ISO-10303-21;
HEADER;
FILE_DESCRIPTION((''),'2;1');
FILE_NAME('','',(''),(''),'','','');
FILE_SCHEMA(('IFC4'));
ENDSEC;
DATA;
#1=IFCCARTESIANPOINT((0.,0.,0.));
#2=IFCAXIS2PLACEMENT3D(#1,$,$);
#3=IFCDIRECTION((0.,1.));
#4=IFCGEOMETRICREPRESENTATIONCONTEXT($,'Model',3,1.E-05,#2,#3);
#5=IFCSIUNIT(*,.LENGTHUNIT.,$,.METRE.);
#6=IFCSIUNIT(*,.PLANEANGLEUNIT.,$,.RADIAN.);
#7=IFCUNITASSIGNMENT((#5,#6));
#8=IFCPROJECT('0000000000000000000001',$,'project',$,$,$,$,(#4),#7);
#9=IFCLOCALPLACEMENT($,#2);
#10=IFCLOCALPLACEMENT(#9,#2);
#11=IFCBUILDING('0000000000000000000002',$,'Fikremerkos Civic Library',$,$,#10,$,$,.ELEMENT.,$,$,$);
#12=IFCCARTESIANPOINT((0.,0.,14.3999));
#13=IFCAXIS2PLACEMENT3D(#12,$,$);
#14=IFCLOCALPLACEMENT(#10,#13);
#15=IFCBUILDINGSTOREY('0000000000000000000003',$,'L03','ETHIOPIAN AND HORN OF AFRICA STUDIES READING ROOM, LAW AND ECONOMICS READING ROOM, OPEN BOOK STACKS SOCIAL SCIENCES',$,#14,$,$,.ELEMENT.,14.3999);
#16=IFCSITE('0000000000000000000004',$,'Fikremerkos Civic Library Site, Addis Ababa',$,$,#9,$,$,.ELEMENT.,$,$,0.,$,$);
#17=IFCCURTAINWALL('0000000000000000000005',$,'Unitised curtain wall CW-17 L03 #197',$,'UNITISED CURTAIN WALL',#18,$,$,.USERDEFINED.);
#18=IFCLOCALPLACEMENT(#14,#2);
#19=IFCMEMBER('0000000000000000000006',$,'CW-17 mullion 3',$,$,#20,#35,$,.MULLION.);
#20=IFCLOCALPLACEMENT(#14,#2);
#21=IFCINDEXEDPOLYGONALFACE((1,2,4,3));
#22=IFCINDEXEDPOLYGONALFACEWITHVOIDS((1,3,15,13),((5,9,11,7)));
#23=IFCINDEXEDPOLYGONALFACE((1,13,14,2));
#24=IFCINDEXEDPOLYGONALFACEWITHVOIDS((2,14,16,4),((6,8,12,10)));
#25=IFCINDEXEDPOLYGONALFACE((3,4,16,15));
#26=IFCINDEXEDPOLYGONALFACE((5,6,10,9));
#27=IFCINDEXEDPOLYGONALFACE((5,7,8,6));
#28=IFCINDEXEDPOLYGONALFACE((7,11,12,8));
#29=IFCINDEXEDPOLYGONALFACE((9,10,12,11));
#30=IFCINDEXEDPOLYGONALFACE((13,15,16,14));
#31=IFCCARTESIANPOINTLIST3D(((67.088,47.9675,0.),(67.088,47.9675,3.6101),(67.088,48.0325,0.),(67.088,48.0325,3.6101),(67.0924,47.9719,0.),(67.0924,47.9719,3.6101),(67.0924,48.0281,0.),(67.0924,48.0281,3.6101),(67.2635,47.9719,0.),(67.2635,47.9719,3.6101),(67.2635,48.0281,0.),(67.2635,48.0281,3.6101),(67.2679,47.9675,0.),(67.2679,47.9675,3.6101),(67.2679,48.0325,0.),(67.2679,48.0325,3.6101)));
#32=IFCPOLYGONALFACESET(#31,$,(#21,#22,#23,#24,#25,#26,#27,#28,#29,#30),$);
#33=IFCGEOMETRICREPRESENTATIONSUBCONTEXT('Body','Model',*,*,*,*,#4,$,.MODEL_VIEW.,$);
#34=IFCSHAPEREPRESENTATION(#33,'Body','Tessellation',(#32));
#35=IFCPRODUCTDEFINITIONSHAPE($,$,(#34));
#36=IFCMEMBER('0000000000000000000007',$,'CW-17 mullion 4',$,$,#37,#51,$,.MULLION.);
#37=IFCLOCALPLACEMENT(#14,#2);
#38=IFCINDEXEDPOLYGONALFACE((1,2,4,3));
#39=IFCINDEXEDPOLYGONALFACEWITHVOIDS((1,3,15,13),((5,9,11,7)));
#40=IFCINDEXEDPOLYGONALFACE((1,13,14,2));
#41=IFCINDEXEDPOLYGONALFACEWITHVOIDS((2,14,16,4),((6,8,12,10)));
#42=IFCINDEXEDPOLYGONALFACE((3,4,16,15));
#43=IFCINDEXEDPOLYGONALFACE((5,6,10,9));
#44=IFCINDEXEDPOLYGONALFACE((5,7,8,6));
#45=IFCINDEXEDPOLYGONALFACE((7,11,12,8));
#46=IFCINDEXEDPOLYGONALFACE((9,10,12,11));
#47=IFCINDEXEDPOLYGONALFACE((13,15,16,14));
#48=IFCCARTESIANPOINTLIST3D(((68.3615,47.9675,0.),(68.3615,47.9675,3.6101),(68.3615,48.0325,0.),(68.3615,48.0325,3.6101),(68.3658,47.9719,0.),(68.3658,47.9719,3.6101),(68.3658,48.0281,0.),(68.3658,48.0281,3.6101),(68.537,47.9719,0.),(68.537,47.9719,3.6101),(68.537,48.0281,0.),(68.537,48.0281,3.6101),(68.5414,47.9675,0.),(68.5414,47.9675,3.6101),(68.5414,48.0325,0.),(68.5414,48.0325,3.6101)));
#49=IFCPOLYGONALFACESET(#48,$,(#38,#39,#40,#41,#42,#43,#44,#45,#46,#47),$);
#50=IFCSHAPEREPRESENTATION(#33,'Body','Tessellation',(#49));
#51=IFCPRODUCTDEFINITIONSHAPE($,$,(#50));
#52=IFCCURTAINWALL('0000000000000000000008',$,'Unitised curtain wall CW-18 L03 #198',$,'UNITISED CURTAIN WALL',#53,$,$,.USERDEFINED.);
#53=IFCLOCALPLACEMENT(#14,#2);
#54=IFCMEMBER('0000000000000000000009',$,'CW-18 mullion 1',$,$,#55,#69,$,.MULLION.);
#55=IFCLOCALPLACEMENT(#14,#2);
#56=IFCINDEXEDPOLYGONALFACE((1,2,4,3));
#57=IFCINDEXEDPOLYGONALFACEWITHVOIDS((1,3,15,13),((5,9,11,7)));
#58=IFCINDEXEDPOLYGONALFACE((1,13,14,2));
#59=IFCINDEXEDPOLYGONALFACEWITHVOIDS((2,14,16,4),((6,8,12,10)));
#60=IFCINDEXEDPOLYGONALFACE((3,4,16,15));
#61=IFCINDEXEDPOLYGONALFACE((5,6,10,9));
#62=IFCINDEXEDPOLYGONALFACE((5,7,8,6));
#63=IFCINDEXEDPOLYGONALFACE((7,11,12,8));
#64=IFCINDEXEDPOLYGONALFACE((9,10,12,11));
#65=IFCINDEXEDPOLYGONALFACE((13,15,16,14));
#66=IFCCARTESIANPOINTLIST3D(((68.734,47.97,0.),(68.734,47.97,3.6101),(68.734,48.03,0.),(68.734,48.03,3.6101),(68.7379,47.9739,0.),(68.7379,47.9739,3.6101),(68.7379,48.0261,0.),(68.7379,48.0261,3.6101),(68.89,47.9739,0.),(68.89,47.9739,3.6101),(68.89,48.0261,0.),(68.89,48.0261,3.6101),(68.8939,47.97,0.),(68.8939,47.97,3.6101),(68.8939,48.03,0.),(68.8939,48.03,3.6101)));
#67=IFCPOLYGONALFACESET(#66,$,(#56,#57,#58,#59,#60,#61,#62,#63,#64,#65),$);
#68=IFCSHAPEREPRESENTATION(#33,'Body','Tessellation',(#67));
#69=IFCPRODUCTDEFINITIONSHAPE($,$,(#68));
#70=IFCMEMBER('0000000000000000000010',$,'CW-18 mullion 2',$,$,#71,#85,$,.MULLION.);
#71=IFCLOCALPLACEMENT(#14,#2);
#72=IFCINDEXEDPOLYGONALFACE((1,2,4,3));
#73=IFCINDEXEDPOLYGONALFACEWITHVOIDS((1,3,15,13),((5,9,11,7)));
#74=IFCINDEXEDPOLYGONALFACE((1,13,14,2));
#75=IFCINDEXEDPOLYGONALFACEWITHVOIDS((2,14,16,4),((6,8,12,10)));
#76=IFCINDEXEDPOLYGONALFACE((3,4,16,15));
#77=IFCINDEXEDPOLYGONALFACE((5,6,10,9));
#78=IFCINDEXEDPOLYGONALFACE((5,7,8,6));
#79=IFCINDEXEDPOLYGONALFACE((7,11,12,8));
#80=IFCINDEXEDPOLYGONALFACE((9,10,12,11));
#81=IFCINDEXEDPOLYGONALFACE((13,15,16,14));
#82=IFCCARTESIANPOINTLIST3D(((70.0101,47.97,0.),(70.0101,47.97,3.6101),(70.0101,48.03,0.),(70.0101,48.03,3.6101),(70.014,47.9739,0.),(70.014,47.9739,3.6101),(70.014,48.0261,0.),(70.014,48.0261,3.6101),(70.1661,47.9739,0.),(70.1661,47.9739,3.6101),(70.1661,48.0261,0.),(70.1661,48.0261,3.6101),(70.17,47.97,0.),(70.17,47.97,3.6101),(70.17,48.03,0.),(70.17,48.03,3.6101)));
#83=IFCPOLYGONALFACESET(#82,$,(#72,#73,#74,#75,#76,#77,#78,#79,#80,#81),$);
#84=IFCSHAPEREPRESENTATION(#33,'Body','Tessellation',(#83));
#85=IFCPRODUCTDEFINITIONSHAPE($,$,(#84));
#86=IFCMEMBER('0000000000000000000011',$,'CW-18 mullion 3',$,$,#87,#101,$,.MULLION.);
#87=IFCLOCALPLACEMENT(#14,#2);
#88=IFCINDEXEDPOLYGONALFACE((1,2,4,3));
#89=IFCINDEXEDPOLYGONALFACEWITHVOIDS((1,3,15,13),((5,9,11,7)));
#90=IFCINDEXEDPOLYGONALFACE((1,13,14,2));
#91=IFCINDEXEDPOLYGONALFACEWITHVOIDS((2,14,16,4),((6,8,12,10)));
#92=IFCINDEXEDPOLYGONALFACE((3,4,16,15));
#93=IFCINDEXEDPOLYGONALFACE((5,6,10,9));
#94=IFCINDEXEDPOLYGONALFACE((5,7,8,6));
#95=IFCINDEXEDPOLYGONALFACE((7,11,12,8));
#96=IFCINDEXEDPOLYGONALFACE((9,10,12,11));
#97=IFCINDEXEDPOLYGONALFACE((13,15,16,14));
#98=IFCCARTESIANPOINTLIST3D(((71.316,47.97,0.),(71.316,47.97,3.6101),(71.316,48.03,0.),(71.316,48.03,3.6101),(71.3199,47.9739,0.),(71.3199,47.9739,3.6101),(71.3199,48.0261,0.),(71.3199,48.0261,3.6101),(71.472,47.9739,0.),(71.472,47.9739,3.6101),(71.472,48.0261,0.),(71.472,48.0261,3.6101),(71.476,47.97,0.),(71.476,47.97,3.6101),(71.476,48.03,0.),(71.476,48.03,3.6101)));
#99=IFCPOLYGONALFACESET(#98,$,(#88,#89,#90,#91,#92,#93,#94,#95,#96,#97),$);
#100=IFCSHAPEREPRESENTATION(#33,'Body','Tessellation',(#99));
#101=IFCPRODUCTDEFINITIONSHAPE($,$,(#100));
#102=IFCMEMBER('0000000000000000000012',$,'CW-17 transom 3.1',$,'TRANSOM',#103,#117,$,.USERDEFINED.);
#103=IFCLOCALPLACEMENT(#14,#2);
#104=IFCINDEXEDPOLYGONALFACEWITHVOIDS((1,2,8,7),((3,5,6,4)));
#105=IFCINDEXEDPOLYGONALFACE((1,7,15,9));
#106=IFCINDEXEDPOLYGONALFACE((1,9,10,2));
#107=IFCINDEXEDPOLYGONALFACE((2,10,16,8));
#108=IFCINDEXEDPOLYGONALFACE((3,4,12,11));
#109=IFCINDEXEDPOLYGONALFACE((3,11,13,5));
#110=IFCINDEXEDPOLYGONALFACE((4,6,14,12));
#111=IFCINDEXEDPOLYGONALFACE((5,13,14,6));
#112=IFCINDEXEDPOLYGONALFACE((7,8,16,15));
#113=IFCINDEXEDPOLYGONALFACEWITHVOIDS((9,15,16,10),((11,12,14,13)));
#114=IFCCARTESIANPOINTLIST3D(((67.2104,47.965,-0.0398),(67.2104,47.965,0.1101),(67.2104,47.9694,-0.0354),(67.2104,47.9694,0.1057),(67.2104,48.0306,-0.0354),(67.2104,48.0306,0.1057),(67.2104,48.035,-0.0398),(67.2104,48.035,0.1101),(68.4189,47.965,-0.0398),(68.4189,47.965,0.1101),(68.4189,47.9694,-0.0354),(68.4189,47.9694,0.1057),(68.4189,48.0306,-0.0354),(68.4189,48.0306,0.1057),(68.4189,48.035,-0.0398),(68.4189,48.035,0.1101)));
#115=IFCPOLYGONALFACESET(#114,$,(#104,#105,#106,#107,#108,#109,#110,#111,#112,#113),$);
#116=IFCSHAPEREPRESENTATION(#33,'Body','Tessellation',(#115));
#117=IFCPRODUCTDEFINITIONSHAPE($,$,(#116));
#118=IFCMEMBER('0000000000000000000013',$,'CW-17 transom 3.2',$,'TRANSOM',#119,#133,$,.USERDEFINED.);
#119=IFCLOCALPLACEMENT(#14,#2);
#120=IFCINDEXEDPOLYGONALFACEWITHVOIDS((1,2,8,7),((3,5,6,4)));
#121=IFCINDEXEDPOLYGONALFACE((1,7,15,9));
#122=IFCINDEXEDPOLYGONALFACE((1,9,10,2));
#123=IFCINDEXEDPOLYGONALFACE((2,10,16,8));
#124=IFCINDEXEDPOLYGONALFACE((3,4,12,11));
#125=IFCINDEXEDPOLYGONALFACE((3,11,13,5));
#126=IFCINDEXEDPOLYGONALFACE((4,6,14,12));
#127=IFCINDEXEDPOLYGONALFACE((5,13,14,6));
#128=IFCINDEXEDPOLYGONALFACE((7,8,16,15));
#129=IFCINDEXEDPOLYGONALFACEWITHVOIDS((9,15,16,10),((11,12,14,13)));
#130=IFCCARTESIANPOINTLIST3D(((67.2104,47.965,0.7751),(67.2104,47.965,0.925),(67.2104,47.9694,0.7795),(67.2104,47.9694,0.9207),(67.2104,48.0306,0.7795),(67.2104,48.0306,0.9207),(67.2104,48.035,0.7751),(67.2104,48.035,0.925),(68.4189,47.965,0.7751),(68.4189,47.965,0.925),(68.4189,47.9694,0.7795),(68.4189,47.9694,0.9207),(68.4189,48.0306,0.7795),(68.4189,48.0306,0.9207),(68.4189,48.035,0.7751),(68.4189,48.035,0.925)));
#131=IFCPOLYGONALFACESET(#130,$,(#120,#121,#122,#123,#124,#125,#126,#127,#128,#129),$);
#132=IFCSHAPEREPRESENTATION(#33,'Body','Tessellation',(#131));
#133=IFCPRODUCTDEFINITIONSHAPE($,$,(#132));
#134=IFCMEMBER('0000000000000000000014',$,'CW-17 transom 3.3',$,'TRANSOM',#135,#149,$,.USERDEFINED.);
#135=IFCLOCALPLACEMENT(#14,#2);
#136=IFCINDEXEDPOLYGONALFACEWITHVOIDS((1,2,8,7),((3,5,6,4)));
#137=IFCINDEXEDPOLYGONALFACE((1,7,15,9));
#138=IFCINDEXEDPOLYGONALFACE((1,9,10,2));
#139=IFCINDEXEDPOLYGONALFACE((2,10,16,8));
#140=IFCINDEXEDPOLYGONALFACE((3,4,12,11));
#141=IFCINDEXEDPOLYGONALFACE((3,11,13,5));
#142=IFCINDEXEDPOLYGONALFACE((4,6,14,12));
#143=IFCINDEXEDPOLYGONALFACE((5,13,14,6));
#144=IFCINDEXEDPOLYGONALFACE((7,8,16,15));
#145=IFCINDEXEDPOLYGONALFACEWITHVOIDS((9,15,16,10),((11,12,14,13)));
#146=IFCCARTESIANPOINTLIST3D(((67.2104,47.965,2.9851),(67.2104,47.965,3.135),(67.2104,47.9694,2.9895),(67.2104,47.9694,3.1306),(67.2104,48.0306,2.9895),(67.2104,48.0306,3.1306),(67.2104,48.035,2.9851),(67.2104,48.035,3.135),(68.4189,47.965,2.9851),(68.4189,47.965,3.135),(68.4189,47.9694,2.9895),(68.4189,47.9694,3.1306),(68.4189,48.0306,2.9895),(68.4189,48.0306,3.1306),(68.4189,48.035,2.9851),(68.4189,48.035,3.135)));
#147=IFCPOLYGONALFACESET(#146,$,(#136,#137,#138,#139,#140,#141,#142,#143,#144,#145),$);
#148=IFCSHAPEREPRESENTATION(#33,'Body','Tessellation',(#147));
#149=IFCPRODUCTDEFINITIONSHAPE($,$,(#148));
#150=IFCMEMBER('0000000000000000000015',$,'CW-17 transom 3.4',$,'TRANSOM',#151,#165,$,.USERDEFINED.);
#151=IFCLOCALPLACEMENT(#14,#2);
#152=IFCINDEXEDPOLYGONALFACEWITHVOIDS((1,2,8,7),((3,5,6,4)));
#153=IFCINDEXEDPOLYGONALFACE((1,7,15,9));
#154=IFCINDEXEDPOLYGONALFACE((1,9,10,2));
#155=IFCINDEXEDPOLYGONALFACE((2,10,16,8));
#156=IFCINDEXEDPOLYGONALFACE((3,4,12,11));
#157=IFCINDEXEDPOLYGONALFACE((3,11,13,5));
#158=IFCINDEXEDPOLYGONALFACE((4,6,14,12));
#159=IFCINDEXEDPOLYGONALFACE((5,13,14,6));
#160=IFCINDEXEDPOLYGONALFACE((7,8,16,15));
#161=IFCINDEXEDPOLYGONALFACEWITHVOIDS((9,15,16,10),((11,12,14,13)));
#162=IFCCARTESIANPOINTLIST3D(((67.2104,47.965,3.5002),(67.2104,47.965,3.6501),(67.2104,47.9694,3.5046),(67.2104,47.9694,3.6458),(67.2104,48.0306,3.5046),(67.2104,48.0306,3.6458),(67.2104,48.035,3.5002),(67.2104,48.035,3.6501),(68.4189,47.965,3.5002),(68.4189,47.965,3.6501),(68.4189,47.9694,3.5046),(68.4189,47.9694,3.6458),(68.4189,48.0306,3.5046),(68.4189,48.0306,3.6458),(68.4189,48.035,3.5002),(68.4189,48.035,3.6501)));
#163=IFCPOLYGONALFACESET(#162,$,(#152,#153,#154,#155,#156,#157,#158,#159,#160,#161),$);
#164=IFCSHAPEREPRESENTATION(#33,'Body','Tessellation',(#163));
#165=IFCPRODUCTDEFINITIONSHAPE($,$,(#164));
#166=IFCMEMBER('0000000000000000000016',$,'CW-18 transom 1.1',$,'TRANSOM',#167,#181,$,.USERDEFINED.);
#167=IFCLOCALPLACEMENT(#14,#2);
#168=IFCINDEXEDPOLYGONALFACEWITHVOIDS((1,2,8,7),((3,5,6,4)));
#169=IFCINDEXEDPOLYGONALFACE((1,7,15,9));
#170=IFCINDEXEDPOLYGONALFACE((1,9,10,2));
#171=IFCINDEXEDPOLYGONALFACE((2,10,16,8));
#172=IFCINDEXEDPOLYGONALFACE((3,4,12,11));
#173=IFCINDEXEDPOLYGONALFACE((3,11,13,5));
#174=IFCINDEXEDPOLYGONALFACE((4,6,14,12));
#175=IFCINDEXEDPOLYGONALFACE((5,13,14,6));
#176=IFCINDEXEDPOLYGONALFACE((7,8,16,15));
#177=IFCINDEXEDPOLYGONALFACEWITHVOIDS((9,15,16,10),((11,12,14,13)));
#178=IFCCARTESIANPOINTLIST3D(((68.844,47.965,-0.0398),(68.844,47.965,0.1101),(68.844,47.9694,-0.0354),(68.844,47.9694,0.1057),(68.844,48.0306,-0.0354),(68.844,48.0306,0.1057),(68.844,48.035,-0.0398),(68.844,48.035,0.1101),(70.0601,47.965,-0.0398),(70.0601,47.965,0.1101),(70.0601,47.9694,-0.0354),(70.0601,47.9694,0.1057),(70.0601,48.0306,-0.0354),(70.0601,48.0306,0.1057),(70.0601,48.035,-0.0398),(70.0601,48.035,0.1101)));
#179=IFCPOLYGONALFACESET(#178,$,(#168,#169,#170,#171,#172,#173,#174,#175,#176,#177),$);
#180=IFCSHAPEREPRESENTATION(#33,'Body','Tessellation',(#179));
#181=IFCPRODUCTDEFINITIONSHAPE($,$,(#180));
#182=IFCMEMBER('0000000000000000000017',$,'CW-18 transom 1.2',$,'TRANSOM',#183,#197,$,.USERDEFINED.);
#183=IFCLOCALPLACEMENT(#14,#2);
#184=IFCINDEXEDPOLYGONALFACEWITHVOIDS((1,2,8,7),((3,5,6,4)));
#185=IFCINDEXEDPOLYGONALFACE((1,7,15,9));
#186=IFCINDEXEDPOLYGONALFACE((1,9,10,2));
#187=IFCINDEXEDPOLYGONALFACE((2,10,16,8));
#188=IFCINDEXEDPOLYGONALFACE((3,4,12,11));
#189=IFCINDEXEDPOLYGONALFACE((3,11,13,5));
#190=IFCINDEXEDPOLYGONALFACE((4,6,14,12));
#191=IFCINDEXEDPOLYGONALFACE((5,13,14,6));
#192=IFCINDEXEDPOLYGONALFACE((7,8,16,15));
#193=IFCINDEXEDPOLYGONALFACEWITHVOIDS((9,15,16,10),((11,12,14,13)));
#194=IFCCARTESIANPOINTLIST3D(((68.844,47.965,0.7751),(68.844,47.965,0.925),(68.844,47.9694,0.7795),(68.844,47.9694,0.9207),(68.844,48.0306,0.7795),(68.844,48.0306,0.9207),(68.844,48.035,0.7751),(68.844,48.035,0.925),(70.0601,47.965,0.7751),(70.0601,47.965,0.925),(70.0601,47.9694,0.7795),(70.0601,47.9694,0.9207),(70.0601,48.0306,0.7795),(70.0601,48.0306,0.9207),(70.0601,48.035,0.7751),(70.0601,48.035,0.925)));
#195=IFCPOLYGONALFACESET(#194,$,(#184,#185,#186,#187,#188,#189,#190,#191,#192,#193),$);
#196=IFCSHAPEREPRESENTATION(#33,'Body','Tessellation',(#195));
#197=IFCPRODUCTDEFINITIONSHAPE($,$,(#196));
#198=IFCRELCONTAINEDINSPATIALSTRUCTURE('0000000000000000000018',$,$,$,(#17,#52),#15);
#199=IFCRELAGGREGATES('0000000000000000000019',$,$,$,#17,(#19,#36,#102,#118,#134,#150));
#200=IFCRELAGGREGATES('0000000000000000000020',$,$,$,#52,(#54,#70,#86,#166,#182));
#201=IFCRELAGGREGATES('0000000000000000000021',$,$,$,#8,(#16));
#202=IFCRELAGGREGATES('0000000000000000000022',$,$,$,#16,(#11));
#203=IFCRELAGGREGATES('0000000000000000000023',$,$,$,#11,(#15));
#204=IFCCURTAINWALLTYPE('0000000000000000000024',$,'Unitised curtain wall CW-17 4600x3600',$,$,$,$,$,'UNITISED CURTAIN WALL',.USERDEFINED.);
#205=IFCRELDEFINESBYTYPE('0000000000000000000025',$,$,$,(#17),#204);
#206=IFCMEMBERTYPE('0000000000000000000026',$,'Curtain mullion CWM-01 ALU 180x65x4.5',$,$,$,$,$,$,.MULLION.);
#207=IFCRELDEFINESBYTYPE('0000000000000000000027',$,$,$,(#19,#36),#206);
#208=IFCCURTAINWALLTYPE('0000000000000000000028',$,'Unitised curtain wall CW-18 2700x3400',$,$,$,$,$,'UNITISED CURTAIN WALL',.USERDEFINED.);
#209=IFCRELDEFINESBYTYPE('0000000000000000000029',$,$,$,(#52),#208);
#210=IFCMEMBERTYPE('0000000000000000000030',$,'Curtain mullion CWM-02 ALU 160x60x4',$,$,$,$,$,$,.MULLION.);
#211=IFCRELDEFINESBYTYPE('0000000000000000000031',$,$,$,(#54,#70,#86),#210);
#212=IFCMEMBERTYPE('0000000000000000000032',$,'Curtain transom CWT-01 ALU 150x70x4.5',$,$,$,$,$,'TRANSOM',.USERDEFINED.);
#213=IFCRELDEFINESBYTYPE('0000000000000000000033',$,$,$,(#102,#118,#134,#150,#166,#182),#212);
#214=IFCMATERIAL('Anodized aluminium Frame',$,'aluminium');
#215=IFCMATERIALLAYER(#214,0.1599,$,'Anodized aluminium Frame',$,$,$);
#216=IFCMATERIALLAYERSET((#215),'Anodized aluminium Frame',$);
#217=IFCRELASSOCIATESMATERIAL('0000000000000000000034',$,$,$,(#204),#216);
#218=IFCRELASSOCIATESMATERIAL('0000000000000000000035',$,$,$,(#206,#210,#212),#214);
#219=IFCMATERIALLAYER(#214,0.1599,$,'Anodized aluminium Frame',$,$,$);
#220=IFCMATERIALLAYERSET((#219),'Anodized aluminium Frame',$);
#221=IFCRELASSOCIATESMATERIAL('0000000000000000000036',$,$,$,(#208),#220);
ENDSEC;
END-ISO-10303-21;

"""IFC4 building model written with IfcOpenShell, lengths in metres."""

from ifc_helpers import new_model, si_unit, direction, frame, origin, origin_2d, place, context, subcontext, project, spatial, hollow_rectangle, extrude, material, layer, layer_set, material_profile, profile_set, type_object, element, aggregate, save


model = new_model("IFC4")

# Units and contexts
model_context = context("Model", 3, precision=1e-05, world=origin(), true_north=direction((0.0, 1.0)))
body_context = subcontext(model_context, "Body", "Model", "MODEL_VIEW")
ifc_project = project(units=[si_unit("LENGTHUNIT", "METRE"), si_unit("PLANEANGLEUNIT", "RADIAN")], contexts=[model_context])

# Site, building, storey
site_placement = place(None, origin())
site = spatial("IfcSite", under=ifc_project, at=site_placement, Name="Fikremerkos Civic Library Site, Addis Ababa", CompositionType="ELEMENT", RefElevation=0.0)
building_placement = place(site_placement, origin())
building = spatial("IfcBuilding", under=site, at=building_placement, Name="Fikremerkos Civic Library", CompositionType="ELEMENT")
storey_placement = place(building_placement, frame((0.0, 0.0, 14.3999)))
storey = spatial("IfcBuildingStorey", under=building, at=storey_placement, Name="L03", Description="ETHIOPIAN AND HORN OF AFRICA STUDIES READING ROOM, LAW AND ECONOMICS READING ROOM, OPEN BOOK STACKS SOCIAL SCIENCES", CompositionType="ELEMENT", Elevation=14.3999)

# Curtain walls, members
ifc_material_1 = material(Name="Anodized aluminium Frame", Category="aluminium")
ifc_layer_1 = layer(ifc_material_1, 0.1599, Name="Anodized aluminium Frame")
ifc_layer_set_1 = layer_set([ifc_layer_1], Name="Anodized aluminium Frame")
curtain_wall_type_1 = type_object("IfcCurtainWallType", Name="Unitised curtain wall CW-17 4600x3600", ElementType="UNITISED CURTAIN WALL", PredefinedType="USERDEFINED", material=ifc_layer_set_1)
curtain_wall_1_placement = place(storey_placement, origin())
curtain_wall_1 = element("IfcCurtainWall", 1, at=curtain_wall_1_placement, inside=storey, type_object=curtain_wall_type_1, Name="Unitised curtain wall CW-17 L03 #197", ObjectType="UNITISED CURTAIN WALL", PredefinedType="USERDEFINED")
ifc_material_profile_1 = material_profile(ifc_material_1, hollow_rectangle(XDim=0.0649, YDim=0.1799, WallThickness=0.0044, at=origin_2d()), Name="ALU 180x65x4.5")
ifc_profile_set_1 = profile_set([ifc_material_profile_1], Name="Anodized aluminium Frame")
member_type_1 = type_object("IfcMemberType", Name="Curtain mullion CWM-01 ALU 180x65x4.5", PredefinedType="MULLION", material=ifc_profile_set_1)
member_1_placement = place(storey_placement, frame((67.178, 48.0, 0.0), z_axis=(0.0, 0.0, 1.0), x_axis=(0.0, 1.0, 0.0)))
member_1 = element("IfcMember", 2, at=member_1_placement, type_object=member_type_1, Name="CW-17 mullion 3", PredefinedType="MULLION", context=body_context, shape_type="SweptSolid", body=[
    extrude(hollow_rectangle(XDim=0.0649, YDim=0.1799, WallThickness=0.0044, at=origin_2d()), origin(), (0.0, 0.0, 1.0), 3.6101),
])
member_2_placement = place(storey_placement, frame((68.4514, 48.0, 0.0), z_axis=(0.0, 0.0, 1.0), x_axis=(0.0, 1.0, 0.0)))
member_2 = element("IfcMember", 3, at=member_2_placement, type_object=member_type_1, Name="CW-17 mullion 4", PredefinedType="MULLION", context=body_context, shape_type="SweptSolid", body=[
    extrude(hollow_rectangle(XDim=0.0649, YDim=0.1799, WallThickness=0.0044, at=origin_2d()), origin(), (0.0, 0.0, 1.0), 3.6101),
])
ifc_layer_2 = layer(ifc_material_1, 0.1599, Name="Anodized aluminium Frame")
ifc_layer_set_2 = layer_set([ifc_layer_2], Name="Anodized aluminium Frame")
curtain_wall_type_2 = type_object("IfcCurtainWallType", Name="Unitised curtain wall CW-18 2700x3400", ElementType="UNITISED CURTAIN WALL", PredefinedType="USERDEFINED", material=ifc_layer_set_2)
curtain_wall_2_placement = place(storey_placement, origin())
curtain_wall_2 = element("IfcCurtainWall", 4, at=curtain_wall_2_placement, inside=storey, type_object=curtain_wall_type_2, Name="Unitised curtain wall CW-18 L03 #198", ObjectType="UNITISED CURTAIN WALL", PredefinedType="USERDEFINED")
ifc_material_profile_2 = material_profile(ifc_material_1, hollow_rectangle(XDim=0.0601, YDim=0.1599, WallThickness=0.0039, at=origin_2d()), Name="ALU 160x60x4")
ifc_profile_set_2 = profile_set([ifc_material_profile_2], Name="Anodized aluminium Frame")
member_type_2 = type_object("IfcMemberType", Name="Curtain mullion CWM-02 ALU 160x60x4", PredefinedType="MULLION", material=ifc_profile_set_2)
member_3_placement = place(storey_placement, frame((68.814, 48.0, 0.0), z_axis=(0.0, 0.0, 1.0), x_axis=(0.0, 1.0, 0.0)))
member_3 = element("IfcMember", 5, at=member_3_placement, type_object=member_type_2, Name="CW-18 mullion 1", PredefinedType="MULLION", context=body_context, shape_type="SweptSolid", body=[
    extrude(hollow_rectangle(XDim=0.0601, YDim=0.1599, WallThickness=0.0039, at=origin_2d()), origin(), (0.0, 0.0, 1.0), 3.6101),
])
member_4_placement = place(storey_placement, frame((70.0901, 48.0, 0.0), z_axis=(0.0, 0.0, 1.0), x_axis=(0.0, 1.0, 0.0)))
member_4 = element("IfcMember", 6, at=member_4_placement, type_object=member_type_2, Name="CW-18 mullion 2", PredefinedType="MULLION", context=body_context, shape_type="SweptSolid", body=[
    extrude(hollow_rectangle(XDim=0.0601, YDim=0.1599, WallThickness=0.0039, at=origin_2d()), origin(), (0.0, 0.0, 1.0), 3.6101),
])
member_5_placement = place(storey_placement, frame((71.396, 48.0, 0.0), z_axis=(0.0, 0.0, 1.0), x_axis=(0.0, 1.0, 0.0)))
member_5 = element("IfcMember", 7, at=member_5_placement, type_object=member_type_2, Name="CW-18 mullion 3", PredefinedType="MULLION", context=body_context, shape_type="SweptSolid", body=[
    extrude(hollow_rectangle(XDim=0.0601, YDim=0.1599, WallThickness=0.0039, at=origin_2d()), origin(), (0.0, 0.0, 1.0), 3.6101),
])

# Members
ifc_material_profile_3 = material_profile(ifc_material_1, hollow_rectangle(XDim=0.0701, YDim=0.1499, WallThickness=0.0044, at=origin_2d()), Name="ALU 150x70x4.5")
ifc_profile_set_3 = profile_set([ifc_material_profile_3], Name="Anodized aluminium Frame")
member_type_3 = type_object("IfcMemberType", Name="Curtain transom CWT-01 ALU 150x70x4.5", ElementType="TRANSOM", PredefinedType="USERDEFINED", material=ifc_profile_set_3)
member_6_placement = place(storey_placement, frame((67.2104, 48.0, 0.0352), z_axis=(1.0, 0.0, 0.0), x_axis=(0.0, 1.0, 0.0)))
member_6 = element("IfcMember", 8, at=member_6_placement, type_object=member_type_3, Name="CW-17 transom 3.1", ObjectType="TRANSOM", PredefinedType="USERDEFINED", context=body_context, shape_type="SweptSolid", body=[
    extrude(hollow_rectangle(XDim=0.0701, YDim=0.1499, WallThickness=0.0044, at=origin_2d()), origin(), (0.0, 0.0, 1.0), 1.2085),
])
member_7_placement = place(storey_placement, frame((67.2104, 48.0, 0.8501), z_axis=(1.0, 0.0, 0.0), x_axis=(0.0, 1.0, 0.0)))
member_7 = element("IfcMember", 9, at=member_7_placement, type_object=member_type_3, Name="CW-17 transom 3.2", ObjectType="TRANSOM", PredefinedType="USERDEFINED", context=body_context, shape_type="SweptSolid", body=[
    extrude(hollow_rectangle(XDim=0.0701, YDim=0.1499, WallThickness=0.0044, at=origin_2d()), origin(), (0.0, 0.0, 1.0), 1.2085),
])
member_8_placement = place(storey_placement, frame((67.2104, 48.0, 3.0601), z_axis=(1.0, 0.0, 0.0), x_axis=(0.0, 1.0, 0.0)))
member_8 = element("IfcMember", 10, at=member_8_placement, type_object=member_type_3, Name="CW-17 transom 3.3", ObjectType="TRANSOM", PredefinedType="USERDEFINED", context=body_context, shape_type="SweptSolid", body=[
    extrude(hollow_rectangle(XDim=0.0701, YDim=0.1499, WallThickness=0.0044, at=origin_2d()), origin(), (0.0, 0.0, 1.0), 1.2085),
])
member_9_placement = place(storey_placement, frame((67.2104, 48.0, 3.5752), z_axis=(1.0, 0.0, 0.0), x_axis=(0.0, 1.0, 0.0)))
member_9 = element("IfcMember", 11, at=member_9_placement, type_object=member_type_3, Name="CW-17 transom 3.4", ObjectType="TRANSOM", PredefinedType="USERDEFINED", context=body_context, shape_type="SweptSolid", body=[
    extrude(hollow_rectangle(XDim=0.0701, YDim=0.1499, WallThickness=0.0044, at=origin_2d()), origin(), (0.0, 0.0, 1.0), 1.2085),
])
member_10_placement = place(storey_placement, frame((68.844, 48.0, 0.0352), z_axis=(1.0, 0.0, 0.0), x_axis=(0.0, 1.0, 0.0)))
member_10 = element("IfcMember", 12, at=member_10_placement, type_object=member_type_3, Name="CW-18 transom 1.1", ObjectType="TRANSOM", PredefinedType="USERDEFINED", context=body_context, shape_type="SweptSolid", body=[
    extrude(hollow_rectangle(XDim=0.0701, YDim=0.1499, WallThickness=0.0044, at=origin_2d()), origin(), (0.0, 0.0, 1.0), 1.2161),
])
member_11_placement = place(storey_placement, frame((68.844, 48.0, 0.8501), z_axis=(1.0, 0.0, 0.0), x_axis=(0.0, 1.0, 0.0)))
member_11 = element("IfcMember", 13, at=member_11_placement, type_object=member_type_3, Name="CW-18 transom 1.2", ObjectType="TRANSOM", PredefinedType="USERDEFINED", context=body_context, shape_type="SweptSolid", body=[
    extrude(hollow_rectangle(XDim=0.0701, YDim=0.1499, WallThickness=0.0044, at=origin_2d()), origin(), (0.0, 0.0, 1.0), 1.2161),
])

aggregate(curtain_wall_1, [member_1, member_2, member_6, member_7, member_8, member_9])
aggregate(curtain_wall_2, [member_3, member_4, member_5, member_10, member_11])

save(model, "model.ifc")
